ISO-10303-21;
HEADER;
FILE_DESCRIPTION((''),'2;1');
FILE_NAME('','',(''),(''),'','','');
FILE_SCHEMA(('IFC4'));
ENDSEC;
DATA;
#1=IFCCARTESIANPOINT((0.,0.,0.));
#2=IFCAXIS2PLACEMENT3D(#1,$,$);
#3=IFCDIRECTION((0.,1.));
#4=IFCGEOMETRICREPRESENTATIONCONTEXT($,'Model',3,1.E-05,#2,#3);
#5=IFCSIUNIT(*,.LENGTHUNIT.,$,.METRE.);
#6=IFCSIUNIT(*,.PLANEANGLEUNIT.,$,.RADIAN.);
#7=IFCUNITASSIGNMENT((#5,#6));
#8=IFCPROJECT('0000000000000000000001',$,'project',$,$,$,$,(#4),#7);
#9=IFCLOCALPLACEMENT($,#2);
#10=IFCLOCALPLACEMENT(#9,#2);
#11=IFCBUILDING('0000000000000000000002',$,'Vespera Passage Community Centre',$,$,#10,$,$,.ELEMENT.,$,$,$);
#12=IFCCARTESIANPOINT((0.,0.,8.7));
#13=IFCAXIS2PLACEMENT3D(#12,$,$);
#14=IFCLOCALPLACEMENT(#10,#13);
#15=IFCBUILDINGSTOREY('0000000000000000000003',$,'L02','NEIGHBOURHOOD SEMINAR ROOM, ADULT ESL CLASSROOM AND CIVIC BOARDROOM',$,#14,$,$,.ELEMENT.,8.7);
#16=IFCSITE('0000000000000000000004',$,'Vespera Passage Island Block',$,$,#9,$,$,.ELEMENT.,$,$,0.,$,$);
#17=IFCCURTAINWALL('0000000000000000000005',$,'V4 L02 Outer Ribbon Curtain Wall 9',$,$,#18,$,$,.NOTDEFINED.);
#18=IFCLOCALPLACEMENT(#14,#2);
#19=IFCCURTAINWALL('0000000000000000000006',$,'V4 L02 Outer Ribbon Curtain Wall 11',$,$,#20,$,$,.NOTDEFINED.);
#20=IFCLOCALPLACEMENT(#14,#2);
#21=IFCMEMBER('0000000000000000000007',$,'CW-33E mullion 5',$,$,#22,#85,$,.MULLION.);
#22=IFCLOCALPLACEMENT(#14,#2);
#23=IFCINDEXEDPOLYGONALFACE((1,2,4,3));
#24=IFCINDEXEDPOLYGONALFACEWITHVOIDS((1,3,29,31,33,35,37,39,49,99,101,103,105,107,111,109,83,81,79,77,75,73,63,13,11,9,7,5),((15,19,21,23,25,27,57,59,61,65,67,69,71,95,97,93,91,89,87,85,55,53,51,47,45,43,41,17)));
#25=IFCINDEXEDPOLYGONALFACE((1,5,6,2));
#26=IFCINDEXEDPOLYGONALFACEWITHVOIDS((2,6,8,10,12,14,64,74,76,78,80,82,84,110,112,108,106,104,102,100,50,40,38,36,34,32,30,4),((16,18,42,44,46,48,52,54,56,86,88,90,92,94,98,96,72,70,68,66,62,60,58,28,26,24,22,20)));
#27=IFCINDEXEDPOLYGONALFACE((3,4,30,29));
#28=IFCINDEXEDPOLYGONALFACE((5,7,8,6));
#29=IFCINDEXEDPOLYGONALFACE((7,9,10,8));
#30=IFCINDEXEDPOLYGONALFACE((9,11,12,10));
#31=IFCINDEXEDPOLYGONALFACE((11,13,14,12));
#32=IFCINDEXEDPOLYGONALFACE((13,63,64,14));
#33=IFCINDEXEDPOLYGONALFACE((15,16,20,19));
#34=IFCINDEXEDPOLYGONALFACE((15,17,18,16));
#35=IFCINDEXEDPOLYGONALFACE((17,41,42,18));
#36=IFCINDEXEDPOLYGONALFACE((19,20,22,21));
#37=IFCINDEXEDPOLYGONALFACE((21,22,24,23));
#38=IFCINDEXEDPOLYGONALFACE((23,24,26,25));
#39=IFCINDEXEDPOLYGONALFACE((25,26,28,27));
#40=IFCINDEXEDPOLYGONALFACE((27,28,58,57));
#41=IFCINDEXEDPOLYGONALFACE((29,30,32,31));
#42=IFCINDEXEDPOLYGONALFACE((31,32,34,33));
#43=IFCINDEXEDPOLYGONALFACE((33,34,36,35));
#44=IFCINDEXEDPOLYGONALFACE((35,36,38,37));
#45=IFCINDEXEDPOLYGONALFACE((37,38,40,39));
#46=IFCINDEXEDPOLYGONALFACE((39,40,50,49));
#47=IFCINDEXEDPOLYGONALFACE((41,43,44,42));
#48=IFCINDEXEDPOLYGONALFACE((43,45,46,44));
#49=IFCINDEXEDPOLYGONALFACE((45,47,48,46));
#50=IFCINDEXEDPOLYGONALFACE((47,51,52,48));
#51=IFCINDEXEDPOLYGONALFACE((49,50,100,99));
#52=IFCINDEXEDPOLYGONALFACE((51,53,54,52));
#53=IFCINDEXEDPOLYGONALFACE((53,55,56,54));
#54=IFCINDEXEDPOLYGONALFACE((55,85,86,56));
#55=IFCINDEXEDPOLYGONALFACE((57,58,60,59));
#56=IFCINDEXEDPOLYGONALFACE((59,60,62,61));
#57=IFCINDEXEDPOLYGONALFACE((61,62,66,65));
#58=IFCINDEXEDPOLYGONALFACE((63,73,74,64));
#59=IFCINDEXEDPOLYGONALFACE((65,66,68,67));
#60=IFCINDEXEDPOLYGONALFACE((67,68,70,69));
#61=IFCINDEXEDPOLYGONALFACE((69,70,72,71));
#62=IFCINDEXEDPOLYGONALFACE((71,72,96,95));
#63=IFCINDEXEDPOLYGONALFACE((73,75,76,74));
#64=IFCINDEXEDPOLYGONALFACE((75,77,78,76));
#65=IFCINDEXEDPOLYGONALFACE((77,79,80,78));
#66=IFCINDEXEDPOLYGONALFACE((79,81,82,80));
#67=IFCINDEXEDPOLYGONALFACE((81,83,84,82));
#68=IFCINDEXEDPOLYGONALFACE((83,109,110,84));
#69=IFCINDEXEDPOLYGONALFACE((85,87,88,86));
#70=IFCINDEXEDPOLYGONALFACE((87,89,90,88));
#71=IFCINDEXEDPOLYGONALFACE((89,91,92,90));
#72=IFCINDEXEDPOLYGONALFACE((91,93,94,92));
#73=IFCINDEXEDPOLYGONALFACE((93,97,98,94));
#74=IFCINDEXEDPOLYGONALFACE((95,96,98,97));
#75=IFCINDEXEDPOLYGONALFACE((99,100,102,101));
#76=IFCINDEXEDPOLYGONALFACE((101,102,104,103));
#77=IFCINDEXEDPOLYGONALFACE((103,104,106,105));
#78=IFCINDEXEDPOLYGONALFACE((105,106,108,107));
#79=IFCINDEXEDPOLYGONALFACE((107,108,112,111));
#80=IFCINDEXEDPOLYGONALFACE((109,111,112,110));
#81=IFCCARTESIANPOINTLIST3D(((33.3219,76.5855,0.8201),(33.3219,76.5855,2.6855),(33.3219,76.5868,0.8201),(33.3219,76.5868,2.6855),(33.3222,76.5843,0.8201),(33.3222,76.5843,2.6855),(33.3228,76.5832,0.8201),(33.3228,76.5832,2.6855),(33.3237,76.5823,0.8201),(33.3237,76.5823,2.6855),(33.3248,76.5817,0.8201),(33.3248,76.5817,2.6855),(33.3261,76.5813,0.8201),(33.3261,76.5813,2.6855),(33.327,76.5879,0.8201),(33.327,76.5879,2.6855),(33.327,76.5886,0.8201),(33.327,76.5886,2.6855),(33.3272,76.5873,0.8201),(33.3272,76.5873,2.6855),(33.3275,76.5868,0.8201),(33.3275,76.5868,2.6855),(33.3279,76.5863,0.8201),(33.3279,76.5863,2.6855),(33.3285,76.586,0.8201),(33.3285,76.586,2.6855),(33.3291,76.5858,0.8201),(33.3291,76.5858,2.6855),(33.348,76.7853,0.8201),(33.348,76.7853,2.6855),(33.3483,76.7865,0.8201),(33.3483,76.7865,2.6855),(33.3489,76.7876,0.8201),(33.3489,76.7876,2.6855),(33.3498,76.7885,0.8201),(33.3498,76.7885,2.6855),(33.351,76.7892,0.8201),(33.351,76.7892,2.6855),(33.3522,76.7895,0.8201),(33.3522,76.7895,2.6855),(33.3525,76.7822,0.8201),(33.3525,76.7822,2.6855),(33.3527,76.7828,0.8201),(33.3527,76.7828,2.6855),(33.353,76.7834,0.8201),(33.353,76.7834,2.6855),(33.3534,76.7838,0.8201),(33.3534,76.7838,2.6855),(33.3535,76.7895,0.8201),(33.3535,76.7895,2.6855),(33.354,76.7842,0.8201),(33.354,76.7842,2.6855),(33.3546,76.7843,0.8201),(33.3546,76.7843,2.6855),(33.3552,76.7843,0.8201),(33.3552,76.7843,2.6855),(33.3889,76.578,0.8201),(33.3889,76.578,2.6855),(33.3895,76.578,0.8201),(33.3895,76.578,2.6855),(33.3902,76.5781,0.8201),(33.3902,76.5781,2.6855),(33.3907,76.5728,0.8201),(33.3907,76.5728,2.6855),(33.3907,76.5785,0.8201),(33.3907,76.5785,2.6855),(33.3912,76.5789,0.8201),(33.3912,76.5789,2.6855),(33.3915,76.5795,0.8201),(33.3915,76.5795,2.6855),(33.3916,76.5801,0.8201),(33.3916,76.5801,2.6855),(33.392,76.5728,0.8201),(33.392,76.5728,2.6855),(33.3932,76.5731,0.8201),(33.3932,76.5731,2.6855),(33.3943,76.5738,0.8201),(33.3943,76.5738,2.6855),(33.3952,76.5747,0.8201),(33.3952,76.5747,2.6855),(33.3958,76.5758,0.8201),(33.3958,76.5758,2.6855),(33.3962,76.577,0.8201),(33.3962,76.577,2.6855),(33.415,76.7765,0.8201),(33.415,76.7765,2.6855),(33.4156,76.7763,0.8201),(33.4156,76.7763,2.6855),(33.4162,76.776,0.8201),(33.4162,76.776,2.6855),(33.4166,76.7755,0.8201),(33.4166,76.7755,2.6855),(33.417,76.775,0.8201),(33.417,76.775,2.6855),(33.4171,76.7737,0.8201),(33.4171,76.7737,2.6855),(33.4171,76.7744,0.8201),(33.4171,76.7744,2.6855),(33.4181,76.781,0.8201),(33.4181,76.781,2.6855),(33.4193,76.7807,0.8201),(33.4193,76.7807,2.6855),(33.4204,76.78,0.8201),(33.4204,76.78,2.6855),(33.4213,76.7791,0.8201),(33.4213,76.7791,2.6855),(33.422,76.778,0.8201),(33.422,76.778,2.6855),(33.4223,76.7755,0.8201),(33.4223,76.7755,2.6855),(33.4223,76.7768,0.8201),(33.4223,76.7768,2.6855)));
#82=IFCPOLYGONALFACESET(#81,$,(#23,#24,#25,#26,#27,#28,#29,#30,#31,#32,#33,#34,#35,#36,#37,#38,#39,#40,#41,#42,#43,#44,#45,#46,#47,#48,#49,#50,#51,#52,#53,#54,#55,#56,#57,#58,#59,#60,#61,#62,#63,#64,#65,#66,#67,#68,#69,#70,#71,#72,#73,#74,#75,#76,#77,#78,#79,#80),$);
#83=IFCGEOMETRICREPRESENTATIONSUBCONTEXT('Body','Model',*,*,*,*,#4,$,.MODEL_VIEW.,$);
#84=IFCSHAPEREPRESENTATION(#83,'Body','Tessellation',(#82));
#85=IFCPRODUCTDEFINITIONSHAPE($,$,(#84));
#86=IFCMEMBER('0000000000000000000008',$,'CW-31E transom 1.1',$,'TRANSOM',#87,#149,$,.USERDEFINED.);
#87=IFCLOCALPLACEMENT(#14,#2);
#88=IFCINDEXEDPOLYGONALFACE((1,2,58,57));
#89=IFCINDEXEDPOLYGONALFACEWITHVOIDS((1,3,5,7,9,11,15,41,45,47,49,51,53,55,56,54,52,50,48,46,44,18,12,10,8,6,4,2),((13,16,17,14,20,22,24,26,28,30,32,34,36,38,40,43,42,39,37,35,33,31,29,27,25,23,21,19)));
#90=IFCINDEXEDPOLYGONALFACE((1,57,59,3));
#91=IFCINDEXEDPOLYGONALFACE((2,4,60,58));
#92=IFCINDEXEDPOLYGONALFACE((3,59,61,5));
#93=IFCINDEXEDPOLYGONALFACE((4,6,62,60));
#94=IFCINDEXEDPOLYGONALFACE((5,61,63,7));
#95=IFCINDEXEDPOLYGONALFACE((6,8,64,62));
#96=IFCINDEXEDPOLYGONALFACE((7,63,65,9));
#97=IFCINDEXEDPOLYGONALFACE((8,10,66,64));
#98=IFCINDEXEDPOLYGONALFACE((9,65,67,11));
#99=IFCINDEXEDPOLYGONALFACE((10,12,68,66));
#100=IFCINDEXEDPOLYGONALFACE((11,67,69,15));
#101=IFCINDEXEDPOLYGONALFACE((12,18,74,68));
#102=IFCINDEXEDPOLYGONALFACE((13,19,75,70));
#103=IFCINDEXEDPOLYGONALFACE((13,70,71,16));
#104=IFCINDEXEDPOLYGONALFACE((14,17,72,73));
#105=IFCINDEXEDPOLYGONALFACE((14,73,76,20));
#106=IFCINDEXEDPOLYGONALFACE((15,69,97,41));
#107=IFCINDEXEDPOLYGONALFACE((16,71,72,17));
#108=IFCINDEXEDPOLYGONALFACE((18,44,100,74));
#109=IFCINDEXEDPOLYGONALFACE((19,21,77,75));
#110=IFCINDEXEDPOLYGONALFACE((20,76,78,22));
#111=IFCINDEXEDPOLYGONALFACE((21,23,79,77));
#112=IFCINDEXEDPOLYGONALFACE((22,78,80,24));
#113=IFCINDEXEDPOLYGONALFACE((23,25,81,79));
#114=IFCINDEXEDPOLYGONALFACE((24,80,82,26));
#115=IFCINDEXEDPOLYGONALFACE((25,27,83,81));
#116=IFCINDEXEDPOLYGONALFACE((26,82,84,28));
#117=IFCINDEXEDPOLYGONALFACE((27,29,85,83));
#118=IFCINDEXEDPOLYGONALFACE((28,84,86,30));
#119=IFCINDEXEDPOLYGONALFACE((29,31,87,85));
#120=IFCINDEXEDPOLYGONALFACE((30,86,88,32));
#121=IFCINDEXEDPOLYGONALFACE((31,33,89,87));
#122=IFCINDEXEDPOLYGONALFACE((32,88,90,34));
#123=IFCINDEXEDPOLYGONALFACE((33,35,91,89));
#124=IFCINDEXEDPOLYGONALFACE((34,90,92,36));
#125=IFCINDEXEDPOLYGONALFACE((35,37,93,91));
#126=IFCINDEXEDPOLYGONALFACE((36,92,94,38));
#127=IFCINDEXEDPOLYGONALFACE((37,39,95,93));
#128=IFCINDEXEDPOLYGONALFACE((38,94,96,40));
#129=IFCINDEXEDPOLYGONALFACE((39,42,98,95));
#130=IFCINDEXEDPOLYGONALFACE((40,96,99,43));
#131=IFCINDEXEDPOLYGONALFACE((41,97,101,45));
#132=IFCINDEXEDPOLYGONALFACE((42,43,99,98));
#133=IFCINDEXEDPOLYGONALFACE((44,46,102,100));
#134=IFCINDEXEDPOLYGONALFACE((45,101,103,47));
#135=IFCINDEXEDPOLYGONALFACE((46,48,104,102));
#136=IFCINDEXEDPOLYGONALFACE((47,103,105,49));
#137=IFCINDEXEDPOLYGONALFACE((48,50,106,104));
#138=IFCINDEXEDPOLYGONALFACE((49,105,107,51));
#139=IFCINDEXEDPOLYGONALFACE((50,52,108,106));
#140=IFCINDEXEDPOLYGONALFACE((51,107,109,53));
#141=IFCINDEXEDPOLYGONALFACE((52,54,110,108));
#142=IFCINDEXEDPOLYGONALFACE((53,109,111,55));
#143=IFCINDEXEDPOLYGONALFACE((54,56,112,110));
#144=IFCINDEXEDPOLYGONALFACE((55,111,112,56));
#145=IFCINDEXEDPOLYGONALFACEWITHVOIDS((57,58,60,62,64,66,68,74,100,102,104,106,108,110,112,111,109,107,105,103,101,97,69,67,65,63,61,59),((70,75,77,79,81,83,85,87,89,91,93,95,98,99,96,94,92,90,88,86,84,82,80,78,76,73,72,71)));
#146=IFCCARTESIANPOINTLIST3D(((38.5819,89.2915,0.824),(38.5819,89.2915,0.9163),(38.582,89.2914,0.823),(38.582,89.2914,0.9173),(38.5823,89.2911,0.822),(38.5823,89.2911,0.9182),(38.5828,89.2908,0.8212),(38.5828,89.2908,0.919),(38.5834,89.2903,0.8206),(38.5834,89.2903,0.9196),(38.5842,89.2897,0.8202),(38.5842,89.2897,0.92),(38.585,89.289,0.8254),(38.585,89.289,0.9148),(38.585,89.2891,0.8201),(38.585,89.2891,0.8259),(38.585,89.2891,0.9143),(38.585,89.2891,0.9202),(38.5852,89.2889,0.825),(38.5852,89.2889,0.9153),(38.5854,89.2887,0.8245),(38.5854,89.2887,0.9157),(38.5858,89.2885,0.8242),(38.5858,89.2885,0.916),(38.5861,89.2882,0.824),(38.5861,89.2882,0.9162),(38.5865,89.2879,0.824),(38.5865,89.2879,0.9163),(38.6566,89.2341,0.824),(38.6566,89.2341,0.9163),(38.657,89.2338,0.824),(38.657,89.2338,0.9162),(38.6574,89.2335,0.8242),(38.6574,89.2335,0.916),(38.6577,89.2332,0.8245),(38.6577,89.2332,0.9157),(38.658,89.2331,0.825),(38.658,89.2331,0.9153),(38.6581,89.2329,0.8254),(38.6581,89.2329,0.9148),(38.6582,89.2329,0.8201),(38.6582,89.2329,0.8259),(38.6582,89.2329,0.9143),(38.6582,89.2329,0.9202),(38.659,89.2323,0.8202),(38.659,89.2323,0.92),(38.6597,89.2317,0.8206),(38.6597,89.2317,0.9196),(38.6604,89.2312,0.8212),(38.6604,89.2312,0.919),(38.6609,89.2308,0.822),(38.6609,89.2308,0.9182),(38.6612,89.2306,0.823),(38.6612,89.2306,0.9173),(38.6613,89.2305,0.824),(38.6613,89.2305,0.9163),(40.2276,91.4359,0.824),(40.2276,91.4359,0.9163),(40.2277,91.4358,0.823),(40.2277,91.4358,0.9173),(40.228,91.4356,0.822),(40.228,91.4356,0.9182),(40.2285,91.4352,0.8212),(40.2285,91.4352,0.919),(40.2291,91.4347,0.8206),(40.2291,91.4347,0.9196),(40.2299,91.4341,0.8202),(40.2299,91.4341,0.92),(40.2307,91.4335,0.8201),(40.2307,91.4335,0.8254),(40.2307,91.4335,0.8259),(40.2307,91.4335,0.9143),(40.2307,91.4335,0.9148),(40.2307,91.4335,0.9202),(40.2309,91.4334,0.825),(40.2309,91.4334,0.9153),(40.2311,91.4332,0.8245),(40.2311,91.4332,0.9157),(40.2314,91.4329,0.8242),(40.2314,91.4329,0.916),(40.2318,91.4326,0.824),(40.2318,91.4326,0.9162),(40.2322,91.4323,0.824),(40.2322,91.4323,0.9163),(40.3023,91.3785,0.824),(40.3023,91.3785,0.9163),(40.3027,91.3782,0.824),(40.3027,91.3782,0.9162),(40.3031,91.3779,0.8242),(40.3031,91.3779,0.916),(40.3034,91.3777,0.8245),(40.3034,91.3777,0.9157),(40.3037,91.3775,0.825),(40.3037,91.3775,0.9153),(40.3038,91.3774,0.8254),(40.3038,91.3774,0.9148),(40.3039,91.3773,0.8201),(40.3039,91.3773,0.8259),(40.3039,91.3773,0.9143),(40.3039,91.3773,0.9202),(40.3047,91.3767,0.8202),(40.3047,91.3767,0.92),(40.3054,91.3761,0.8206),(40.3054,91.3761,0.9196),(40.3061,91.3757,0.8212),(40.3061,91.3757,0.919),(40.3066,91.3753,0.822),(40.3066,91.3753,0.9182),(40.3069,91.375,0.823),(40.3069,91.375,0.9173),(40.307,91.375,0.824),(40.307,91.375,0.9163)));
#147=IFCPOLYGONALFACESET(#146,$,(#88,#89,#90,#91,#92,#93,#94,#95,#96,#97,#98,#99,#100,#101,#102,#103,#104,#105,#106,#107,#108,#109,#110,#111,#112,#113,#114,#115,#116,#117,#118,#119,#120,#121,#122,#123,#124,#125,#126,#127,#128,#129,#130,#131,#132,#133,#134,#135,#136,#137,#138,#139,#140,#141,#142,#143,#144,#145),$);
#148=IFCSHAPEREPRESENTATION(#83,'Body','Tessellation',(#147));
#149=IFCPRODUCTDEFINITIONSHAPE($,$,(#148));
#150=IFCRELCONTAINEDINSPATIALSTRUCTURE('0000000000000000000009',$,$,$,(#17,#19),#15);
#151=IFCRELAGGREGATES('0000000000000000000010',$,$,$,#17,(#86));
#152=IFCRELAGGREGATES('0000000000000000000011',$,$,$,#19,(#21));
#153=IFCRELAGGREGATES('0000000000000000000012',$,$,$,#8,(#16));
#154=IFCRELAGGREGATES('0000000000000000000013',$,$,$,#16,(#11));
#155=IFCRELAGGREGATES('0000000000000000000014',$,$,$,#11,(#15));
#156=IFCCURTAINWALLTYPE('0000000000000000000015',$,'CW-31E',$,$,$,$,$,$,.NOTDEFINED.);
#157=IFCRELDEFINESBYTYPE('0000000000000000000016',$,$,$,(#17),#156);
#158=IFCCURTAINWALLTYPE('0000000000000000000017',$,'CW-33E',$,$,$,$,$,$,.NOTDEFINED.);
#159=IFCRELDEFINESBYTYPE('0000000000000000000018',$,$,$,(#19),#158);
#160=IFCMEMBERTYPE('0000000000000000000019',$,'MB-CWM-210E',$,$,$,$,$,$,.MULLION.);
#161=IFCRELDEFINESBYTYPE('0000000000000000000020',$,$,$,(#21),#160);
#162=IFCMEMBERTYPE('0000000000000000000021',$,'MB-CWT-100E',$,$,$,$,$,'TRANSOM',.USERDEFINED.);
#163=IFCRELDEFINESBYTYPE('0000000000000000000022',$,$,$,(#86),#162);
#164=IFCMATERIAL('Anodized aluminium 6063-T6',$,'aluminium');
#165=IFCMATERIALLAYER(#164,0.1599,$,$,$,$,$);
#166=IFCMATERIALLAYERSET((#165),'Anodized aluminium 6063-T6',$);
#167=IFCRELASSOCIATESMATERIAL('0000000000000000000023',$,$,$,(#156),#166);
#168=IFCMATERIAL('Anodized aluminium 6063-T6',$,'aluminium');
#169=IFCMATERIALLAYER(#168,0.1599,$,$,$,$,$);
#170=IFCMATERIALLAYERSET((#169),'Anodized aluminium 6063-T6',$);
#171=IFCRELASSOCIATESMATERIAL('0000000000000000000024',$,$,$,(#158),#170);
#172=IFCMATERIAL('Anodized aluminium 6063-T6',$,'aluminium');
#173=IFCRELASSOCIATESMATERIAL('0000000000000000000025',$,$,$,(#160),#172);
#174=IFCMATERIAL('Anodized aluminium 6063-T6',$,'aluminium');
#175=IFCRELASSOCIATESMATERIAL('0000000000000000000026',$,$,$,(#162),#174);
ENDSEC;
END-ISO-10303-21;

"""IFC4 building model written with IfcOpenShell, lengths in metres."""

from ifc_helpers import new_model, si_unit, direction, frame, origin, origin_2d, place, context, subcontext, project, spatial, hollow_rectangle, extrude, material, layer, layer_set, material_profile, profile_set, type_object, element, aggregate, save


model = new_model("IFC4")

# Units and contexts
model_context = context("Model", 3, precision=1e-05, world=origin(), true_north=direction((0.0, 1.0)))
body_context = subcontext(model_context, "Body", "Model", "MODEL_VIEW")
ifc_project = project(units=[si_unit("LENGTHUNIT", "METRE"), si_unit("PLANEANGLEUNIT", "RADIAN")], contexts=[model_context])

# Site, building, storey
site_placement = place(None, origin())
site = spatial("IfcSite", under=ifc_project, at=site_placement, Name="Vespera Passage Island Block", CompositionType="ELEMENT", RefElevation=0.0)
building_placement = place(site_placement, origin())
building = spatial("IfcBuilding", under=site, at=building_placement, Name="Vespera Passage Community Centre", CompositionType="ELEMENT")
storey_placement = place(building_placement, frame((0.0, 0.0, 8.7)))
storey = spatial("IfcBuildingStorey", under=building, at=storey_placement, Name="L02", Description="NEIGHBOURHOOD SEMINAR ROOM, ADULT ESL CLASSROOM AND CIVIC BOARDROOM", CompositionType="ELEMENT", Elevation=8.7)

# Curtain walls, member
ifc_material_1 = material(Name="Anodized aluminium 6063-T6", Category="aluminium")
ifc_layer_1 = layer(ifc_material_1, 0.1599)
ifc_layer_set_1 = layer_set([ifc_layer_1], Name="Anodized aluminium 6063-T6")
curtain_wall_type_1 = type_object("IfcCurtainWallType", Name="CW-31E", PredefinedType="NOTDEFINED", material=ifc_layer_set_1)
curtain_wall_1_placement = place(storey_placement, origin())
curtain_wall_1 = element("IfcCurtainWall", 1, at=curtain_wall_1_placement, inside=storey, type_object=curtain_wall_type_1, Name="V4 L02 Outer Ribbon Curtain Wall 9", PredefinedType="NOTDEFINED")
ifc_material_2 = material(Name="Anodized aluminium 6063-T6", Category="aluminium")
ifc_layer_2 = layer(ifc_material_2, 0.1599)
ifc_layer_set_2 = layer_set([ifc_layer_2], Name="Anodized aluminium 6063-T6")
curtain_wall_type_2 = type_object("IfcCurtainWallType", Name="CW-33E", PredefinedType="NOTDEFINED", material=ifc_layer_set_2)
curtain_wall_2_placement = place(storey_placement, origin())
curtain_wall_2 = element("IfcCurtainWall", 2, at=curtain_wall_2_placement, inside=storey, type_object=curtain_wall_type_2, Name="V4 L02 Outer Ribbon Curtain Wall 11", PredefinedType="NOTDEFINED")
ifc_material_3 = material(Name="Anodized aluminium 6063-T6", Category="aluminium")
ifc_material_profile_1 = material_profile(ifc_material_3, hollow_rectangle(XDim=0.075, YDim=0.21, WallThickness=0.0049, InnerFilletRadius=0.0024, OuterFilletRadius=0.0049, at=origin_2d()), Name="ALU210X75X5")
ifc_profile_set_1 = profile_set([ifc_material_profile_1], Name="Anodized aluminium 6063-T6")
member_type_1 = type_object("IfcMemberType", Name="MB-CWM-210E", PredefinedType="MULLION", material=ifc_profile_set_1)
member_1_placement = place(storey_placement, frame((33.3721, 76.6812, 0.8201), z_axis=(0.0, 0.0, 1.0), x_axis=(-0.991445, 0.130523, 0.0)))
member_1 = element("IfcMember", 3, at=member_1_placement, type_object=member_type_1, Name="CW-33E mullion 5", PredefinedType="MULLION", context=body_context, shape_type="SweptSolid", body=[
    extrude(hollow_rectangle(XDim=0.075, YDim=0.21, WallThickness=0.0049, InnerFilletRadius=0.0024, OuterFilletRadius=0.0049, at=origin_2d()), origin(), (0.0, 0.0, 1.0), 1.8655),
])

# Member
ifc_material_4 = material(Name="Anodized aluminium 6063-T6", Category="aluminium")
ifc_material_profile_2 = material_profile(ifc_material_4, hollow_rectangle(XDim=0.1001, YDim=0.1001, WallThickness=0.0039, InnerFilletRadius=0.002, OuterFilletRadius=0.0039, at=origin_2d()), Name="ALU100X100X4")
ifc_profile_set_2 = profile_set([ifc_material_profile_2], Name="Anodized aluminium 6063-T6")
member_type_2 = type_object("IfcMemberType", Name="MB-CWT-100E", ElementType="TRANSOM", PredefinedType="USERDEFINED", material=ifc_profile_set_2)
member_2_placement = place(storey_placement, frame((38.6216, 89.261, 0.8701), z_axis=(0.608807, 0.793318, 0.0), x_axis=(-0.793318, 0.608807, 0.0)))
member_2 = element("IfcMember", 4, at=member_2_placement, type_object=member_type_2, Name="CW-31E transom 1.1", ObjectType="TRANSOM", PredefinedType="USERDEFINED", context=body_context, shape_type="SweptSolid", body=[
    extrude(hollow_rectangle(XDim=0.1001, YDim=0.1001, WallThickness=0.0039, InnerFilletRadius=0.002, OuterFilletRadius=0.0039, at=origin_2d()), origin(), (0.0, 0.0, 1.0), 2.7031),
])
aggregate(curtain_wall_1, [member_2])

aggregate(curtain_wall_2, [member_1])

save(model, "model.ifc")
